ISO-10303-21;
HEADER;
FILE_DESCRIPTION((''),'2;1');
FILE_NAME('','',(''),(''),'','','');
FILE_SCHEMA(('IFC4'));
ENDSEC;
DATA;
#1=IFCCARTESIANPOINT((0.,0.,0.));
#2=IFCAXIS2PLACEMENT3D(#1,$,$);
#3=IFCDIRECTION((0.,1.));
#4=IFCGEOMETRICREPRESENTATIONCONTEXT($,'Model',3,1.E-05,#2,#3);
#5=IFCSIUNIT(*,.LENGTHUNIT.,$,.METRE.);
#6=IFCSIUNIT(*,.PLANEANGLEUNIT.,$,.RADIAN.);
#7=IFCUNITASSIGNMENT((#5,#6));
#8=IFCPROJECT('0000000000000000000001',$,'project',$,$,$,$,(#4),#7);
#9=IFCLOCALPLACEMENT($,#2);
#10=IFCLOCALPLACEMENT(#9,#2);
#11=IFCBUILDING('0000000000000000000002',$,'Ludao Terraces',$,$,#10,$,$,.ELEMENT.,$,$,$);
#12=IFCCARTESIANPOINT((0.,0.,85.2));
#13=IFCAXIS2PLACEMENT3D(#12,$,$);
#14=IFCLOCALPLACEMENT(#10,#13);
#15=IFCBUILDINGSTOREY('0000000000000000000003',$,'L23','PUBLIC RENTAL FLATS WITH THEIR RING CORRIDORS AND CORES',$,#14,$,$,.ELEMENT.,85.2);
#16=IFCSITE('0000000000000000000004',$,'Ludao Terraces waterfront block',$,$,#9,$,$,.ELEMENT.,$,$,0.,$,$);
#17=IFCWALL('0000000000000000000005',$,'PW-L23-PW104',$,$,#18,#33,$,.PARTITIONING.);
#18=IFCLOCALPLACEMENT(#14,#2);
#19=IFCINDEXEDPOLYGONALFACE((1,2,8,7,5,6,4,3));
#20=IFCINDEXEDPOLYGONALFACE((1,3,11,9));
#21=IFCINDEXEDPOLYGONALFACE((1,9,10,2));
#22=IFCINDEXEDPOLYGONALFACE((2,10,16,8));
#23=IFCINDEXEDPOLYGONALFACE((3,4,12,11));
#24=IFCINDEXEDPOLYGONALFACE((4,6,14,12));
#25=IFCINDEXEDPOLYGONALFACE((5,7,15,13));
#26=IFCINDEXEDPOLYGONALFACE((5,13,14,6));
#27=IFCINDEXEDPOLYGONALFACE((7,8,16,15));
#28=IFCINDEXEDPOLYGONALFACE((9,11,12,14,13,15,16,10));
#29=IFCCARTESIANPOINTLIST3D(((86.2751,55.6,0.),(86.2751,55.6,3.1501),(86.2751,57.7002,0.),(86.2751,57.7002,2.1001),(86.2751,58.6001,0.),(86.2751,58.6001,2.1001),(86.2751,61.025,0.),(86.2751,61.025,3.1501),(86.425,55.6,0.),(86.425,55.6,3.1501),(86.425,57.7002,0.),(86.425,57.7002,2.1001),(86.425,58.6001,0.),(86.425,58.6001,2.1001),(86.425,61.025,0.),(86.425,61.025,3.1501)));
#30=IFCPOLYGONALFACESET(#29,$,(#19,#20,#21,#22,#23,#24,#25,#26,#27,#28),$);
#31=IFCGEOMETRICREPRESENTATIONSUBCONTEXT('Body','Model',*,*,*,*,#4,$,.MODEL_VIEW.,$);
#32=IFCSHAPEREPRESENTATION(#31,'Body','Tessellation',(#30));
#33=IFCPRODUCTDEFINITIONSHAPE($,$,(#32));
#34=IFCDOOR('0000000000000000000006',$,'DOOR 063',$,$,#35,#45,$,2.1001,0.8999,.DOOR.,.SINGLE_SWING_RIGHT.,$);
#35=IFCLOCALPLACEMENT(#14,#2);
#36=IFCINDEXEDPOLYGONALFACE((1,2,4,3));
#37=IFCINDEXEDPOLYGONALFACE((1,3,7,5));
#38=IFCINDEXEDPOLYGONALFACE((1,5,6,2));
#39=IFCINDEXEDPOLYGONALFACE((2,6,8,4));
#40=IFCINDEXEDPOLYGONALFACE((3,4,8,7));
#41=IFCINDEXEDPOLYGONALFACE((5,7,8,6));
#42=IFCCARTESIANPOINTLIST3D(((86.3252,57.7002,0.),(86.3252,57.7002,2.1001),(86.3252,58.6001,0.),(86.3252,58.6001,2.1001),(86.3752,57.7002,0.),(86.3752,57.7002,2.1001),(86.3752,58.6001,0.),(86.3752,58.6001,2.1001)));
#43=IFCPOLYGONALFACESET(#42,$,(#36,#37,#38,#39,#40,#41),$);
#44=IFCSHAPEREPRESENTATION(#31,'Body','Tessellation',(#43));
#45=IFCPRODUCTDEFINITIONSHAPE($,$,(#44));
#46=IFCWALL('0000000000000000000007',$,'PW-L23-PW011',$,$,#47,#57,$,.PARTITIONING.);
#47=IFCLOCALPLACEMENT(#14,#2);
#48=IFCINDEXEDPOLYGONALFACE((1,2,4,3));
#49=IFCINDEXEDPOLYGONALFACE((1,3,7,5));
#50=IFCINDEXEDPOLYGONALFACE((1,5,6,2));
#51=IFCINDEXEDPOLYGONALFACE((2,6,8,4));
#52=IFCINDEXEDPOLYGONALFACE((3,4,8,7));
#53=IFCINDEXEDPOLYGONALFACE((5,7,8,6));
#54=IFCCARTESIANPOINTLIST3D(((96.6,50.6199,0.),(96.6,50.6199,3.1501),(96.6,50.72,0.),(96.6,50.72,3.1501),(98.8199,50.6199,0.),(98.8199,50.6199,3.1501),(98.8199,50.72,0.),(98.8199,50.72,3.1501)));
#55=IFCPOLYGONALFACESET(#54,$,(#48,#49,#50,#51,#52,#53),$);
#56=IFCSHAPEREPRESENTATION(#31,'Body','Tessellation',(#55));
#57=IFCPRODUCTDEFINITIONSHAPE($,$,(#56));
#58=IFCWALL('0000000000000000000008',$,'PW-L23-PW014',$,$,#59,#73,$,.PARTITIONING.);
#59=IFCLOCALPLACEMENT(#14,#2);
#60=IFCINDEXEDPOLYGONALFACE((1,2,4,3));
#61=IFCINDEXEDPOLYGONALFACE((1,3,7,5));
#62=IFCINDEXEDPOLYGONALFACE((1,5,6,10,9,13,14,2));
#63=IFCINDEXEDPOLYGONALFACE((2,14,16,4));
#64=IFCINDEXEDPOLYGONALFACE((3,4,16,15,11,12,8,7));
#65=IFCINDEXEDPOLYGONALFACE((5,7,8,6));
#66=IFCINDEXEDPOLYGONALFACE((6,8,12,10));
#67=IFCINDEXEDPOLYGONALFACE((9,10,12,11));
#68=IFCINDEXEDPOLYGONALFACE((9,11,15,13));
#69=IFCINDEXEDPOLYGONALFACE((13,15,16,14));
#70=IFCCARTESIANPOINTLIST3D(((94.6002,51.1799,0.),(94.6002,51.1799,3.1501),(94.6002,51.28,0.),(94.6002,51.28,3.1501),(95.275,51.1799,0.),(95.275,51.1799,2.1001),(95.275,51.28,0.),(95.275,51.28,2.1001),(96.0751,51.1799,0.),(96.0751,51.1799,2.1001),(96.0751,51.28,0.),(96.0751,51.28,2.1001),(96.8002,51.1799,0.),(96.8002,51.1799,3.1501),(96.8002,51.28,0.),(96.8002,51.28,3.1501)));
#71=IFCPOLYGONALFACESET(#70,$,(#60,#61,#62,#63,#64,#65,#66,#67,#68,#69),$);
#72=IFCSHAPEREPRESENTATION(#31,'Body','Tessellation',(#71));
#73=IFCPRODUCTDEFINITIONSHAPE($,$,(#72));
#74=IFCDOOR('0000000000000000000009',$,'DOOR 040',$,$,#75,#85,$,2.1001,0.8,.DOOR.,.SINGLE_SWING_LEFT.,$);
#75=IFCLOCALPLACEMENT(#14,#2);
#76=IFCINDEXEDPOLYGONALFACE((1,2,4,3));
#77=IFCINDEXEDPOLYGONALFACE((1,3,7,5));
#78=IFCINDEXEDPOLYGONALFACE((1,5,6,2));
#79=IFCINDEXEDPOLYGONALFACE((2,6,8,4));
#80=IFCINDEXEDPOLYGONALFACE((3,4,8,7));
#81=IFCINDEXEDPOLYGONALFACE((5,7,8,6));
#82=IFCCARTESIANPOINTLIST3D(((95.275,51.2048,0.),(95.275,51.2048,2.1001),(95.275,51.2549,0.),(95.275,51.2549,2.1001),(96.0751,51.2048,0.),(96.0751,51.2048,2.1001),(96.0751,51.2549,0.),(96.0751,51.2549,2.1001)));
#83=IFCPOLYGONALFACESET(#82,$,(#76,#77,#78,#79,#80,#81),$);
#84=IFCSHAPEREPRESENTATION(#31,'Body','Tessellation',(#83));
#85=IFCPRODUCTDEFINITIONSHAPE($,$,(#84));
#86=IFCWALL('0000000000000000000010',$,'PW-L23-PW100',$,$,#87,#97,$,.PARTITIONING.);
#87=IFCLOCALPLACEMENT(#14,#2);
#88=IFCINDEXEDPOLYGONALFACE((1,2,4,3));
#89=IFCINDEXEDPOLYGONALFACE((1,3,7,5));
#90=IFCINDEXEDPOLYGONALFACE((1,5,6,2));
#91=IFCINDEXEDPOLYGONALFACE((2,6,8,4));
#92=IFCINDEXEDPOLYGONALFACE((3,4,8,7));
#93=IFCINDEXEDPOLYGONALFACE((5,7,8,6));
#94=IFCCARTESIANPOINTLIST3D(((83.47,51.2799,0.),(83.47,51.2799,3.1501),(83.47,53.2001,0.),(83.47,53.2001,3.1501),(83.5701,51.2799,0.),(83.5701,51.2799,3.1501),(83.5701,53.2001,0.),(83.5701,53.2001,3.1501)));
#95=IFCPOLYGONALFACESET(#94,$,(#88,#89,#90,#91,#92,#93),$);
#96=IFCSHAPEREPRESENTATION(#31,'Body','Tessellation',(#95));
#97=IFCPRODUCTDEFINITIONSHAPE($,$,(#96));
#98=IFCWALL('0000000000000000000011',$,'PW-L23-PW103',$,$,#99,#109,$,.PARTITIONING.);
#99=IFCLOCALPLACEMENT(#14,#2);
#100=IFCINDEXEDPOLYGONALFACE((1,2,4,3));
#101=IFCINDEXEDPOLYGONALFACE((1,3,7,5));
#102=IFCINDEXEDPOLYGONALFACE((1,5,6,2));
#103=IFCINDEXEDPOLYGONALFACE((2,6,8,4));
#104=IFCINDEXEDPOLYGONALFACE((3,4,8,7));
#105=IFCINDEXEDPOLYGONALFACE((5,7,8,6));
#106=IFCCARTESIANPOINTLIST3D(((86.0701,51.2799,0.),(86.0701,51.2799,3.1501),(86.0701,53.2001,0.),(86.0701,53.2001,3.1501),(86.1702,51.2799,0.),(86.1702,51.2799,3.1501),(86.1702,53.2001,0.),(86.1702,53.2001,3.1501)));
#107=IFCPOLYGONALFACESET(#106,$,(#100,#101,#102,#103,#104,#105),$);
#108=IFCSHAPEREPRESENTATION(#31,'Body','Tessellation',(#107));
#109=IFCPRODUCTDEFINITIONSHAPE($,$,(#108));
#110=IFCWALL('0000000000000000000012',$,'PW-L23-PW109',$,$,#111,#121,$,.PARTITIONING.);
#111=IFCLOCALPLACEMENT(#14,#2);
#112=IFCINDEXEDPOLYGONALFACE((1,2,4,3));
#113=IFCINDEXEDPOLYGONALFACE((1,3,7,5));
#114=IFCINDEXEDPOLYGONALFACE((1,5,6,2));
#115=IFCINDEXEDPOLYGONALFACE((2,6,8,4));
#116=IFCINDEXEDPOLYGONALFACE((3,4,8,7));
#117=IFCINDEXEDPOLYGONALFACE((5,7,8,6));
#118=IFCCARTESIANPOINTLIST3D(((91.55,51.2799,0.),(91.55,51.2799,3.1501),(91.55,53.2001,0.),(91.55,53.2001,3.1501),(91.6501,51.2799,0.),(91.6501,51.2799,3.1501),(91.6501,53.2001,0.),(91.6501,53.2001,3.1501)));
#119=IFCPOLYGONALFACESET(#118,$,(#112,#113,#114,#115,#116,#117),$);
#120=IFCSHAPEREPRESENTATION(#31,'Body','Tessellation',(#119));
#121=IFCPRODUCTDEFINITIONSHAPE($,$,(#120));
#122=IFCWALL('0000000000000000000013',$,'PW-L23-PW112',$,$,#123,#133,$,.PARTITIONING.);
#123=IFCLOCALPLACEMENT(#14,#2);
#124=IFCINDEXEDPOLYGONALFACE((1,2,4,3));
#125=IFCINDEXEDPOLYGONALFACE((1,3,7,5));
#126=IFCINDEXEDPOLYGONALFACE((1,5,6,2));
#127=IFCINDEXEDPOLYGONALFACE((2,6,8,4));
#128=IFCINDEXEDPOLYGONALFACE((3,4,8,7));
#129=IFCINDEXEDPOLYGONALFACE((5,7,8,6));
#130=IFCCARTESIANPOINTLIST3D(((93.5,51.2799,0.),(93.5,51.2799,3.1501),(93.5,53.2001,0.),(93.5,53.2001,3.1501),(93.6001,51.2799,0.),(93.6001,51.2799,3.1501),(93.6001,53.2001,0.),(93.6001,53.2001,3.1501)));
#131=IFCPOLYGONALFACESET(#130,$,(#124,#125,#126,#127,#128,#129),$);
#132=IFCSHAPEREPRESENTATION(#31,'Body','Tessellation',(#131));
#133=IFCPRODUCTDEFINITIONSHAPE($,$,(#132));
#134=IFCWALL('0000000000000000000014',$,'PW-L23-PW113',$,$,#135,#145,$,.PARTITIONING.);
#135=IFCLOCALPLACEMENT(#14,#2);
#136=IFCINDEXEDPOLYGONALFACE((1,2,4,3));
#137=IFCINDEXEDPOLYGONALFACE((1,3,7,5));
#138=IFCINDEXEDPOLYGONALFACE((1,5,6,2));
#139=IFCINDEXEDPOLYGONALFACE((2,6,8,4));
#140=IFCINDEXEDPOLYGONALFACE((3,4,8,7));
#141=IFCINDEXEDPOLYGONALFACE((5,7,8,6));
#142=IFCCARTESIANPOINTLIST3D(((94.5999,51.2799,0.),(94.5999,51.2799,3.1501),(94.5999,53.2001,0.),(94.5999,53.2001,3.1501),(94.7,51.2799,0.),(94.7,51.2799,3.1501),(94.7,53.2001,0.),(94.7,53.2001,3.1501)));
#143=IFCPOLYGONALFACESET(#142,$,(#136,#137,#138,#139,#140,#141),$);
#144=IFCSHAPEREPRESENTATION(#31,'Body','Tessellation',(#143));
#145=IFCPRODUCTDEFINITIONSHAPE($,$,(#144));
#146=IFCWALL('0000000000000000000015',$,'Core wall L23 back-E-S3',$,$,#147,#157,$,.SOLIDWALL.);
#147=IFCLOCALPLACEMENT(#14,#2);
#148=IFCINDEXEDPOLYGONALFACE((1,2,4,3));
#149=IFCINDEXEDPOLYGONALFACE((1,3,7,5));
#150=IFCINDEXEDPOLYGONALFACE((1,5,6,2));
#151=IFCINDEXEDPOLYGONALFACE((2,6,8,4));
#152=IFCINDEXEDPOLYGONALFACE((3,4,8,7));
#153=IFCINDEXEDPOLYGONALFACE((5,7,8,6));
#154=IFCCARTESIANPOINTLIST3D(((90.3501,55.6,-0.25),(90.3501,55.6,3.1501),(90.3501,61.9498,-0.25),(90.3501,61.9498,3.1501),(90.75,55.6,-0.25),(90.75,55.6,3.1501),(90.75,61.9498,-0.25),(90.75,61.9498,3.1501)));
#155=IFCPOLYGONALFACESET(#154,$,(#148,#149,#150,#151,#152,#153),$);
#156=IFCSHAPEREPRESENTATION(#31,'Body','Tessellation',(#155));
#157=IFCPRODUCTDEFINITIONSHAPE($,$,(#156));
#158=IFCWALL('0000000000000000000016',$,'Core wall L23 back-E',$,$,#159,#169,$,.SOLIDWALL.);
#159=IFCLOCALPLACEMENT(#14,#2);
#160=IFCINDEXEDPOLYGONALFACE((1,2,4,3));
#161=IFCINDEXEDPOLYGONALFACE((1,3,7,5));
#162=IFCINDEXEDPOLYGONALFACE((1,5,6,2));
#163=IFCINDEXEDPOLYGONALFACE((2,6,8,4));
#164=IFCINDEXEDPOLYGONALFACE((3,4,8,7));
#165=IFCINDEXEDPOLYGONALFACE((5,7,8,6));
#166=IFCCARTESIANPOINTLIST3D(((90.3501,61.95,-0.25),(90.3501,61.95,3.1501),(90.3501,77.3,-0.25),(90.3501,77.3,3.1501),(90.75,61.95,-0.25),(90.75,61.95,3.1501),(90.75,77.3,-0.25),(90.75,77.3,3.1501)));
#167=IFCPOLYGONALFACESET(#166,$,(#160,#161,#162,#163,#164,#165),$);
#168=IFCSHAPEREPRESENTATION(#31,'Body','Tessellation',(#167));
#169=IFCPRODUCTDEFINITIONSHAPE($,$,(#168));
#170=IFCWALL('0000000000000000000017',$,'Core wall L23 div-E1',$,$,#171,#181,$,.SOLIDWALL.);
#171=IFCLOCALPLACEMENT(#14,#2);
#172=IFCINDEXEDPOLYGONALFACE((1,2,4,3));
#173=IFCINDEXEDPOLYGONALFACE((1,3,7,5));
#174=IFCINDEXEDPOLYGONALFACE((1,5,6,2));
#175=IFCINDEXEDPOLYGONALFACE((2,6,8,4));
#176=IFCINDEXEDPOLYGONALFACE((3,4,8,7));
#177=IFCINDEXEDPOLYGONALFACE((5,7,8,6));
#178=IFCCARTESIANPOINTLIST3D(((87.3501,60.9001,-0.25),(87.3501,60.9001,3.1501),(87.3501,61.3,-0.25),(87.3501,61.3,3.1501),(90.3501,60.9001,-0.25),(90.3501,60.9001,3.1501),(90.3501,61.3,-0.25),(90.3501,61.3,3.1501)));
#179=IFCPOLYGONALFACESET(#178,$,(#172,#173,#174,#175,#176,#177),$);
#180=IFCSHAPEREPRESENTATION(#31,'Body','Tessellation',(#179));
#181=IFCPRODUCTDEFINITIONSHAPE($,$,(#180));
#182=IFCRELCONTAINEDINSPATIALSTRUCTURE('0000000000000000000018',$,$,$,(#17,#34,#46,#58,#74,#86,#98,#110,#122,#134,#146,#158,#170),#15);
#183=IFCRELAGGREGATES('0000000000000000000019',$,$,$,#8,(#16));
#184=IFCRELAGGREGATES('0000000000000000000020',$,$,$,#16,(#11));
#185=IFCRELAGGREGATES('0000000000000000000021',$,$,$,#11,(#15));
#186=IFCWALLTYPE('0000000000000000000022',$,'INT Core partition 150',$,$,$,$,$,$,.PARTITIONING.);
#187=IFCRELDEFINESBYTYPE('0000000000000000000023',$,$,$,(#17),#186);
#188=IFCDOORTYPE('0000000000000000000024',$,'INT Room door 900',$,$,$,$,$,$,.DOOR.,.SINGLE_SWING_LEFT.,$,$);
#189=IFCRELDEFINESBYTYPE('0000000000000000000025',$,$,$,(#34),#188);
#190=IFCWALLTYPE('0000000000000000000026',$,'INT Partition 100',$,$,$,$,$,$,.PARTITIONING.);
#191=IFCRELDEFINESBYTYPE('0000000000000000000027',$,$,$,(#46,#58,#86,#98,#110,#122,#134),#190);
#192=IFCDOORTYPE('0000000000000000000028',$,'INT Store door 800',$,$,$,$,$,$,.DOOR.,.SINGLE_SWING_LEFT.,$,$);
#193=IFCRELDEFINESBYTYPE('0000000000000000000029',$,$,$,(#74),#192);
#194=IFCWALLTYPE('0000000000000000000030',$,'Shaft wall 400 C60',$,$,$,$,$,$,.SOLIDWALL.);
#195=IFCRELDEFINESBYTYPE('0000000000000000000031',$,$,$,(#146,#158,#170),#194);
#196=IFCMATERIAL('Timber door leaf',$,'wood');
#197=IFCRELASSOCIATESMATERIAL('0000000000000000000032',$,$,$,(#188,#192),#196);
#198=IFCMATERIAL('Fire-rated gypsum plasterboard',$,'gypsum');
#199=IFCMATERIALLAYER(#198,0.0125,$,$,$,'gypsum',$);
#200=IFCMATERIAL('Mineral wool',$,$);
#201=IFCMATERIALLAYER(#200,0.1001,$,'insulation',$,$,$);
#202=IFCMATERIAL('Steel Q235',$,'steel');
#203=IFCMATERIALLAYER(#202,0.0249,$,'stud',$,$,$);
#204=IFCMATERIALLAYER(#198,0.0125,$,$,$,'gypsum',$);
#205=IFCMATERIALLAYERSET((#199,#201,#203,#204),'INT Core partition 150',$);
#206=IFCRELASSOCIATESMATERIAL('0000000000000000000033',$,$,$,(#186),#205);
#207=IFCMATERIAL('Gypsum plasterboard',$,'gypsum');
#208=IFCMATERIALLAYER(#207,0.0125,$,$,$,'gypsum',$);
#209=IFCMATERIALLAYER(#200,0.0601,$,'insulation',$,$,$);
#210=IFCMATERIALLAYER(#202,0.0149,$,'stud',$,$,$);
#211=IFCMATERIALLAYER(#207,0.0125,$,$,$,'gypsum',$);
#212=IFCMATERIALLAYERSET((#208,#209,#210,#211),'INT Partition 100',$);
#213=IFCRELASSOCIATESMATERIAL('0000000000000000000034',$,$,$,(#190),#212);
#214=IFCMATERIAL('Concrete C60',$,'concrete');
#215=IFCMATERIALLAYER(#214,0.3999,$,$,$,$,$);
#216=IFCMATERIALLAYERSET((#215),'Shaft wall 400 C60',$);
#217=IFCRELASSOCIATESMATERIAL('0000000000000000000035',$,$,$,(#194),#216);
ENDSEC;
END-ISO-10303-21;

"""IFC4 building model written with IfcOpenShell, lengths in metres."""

from ifc_helpers import new_model, si_unit, direction, frame, frame_2d, origin, place, context, subcontext, project, spatial, rectangle, extrude, material, layer, layer_set, type_object, element, fill, save


model = new_model("IFC4")

# Units and contexts
model_context = context("Model", 3, precision=1e-05, world=origin(), true_north=direction((0.0, 1.0)))
body_context = subcontext(model_context, "Body", "Model", "MODEL_VIEW")
ifc_project = project(units=[si_unit("LENGTHUNIT", "METRE"), si_unit("PLANEANGLEUNIT", "RADIAN")], contexts=[model_context])

# Site, building, storey
site_placement = place(None, origin())
site = spatial("IfcSite", under=ifc_project, at=site_placement, Name="Ludao Terraces waterfront block", CompositionType="ELEMENT", RefElevation=0.0)
building_placement = place(site_placement, origin())
building = spatial("IfcBuilding", under=site, at=building_placement, Name="Ludao Terraces", CompositionType="ELEMENT")
storey_placement = place(building_placement, frame((0.0, 0.0, 85.2)))
storey = spatial("IfcBuildingStorey", under=building, at=storey_placement, Name="L23", Description="PUBLIC RENTAL FLATS WITH THEIR RING CORRIDORS AND CORES", CompositionType="ELEMENT", Elevation=85.2)

# Shared definitions
ifc_material_1 = material(Name="Steel Q235", Category="steel")

# Shared definitions
ifc_material_2 = material(Name="Timber door leaf", Category="wood")
door_type_1 = type_object("IfcDoorType", Name="INT Room door 900", OperationType="SINGLE_SWING_LEFT", PredefinedType="DOOR", material=ifc_material_2)

# Wall, opening, door
ifc_material_3 = material(Name="Fire-rated gypsum plasterboard", Category="gypsum")
ifc_layer_1 = layer(ifc_material_3, 0.0125, Category="gypsum")
ifc_material_4 = material(Name="Mineral wool")
ifc_layer_2 = layer(ifc_material_4, 0.1001, Name="insulation")
ifc_layer_3 = layer(ifc_material_1, 0.0249, Name="stud")
ifc_layer_4 = layer(ifc_material_3, 0.0125, Category="gypsum")
ifc_layer_set_1 = layer_set([ifc_layer_1, ifc_layer_2, ifc_layer_3, ifc_layer_4], Name="INT Core partition 150")
wall_type_1 = type_object("IfcWallType", Name="INT Core partition 150", PredefinedType="PARTITIONING", material=ifc_layer_set_1)
wall_1_placement = place(storey_placement, frame((86.3501, 55.6001, 0.0), z_axis=(0.0, 0.0, 1.0), x_axis=(0.0, 1.0, 0.0)))
wall_1 = element("IfcWall", 1, at=wall_1_placement, inside=storey, type_object=wall_type_1, Name="PW-L23-PW104", PredefinedType="PARTITIONING", context=body_context, shape_type="SweptSolid", body=[
    extrude(rectangle(XDim=5.425, YDim=0.1499, at=frame_2d((2.7124, 0.0))), origin(), (0.0, 0.0, 1.0), 3.1501),
])
opening_1_placement = place(wall_1_placement, frame((2.1001, 0.0, 0.0)))
opening_1 = element("IfcOpeningElement", 2, at=opening_1_placement, cuts=wall_1, PredefinedType="OPENING", context=body_context, shape_type="SweptSolid", body=[
    extrude(rectangle(XDim=0.8999, YDim=2.1001, at=frame_2d((0.45, 1.05))), frame((0.0, 0.085, 0.0), z_axis=(0.0, -1.0, 0.0), x_axis=(1.0, 0.0, 0.0)), (0.0, 0.0, 1.0), 0.1699),
])
door_1_placement = place(opening_1_placement, origin())
door_1 = element("IfcDoor", 3, at=door_1_placement, inside=storey, type_object=door_type_1, Name="DOOR 063", OperationType="SINGLE_SWING_RIGHT", OverallHeight=2.1001, OverallWidth=0.8999, PredefinedType="DOOR", context=body_context, shape_type="SweptSolid", body=[
    extrude(rectangle(XDim=0.8999, YDim=2.1001, at=frame_2d((0.45, 1.05))), frame((0.0, 0.0249, 0.0), z_axis=(0.0, -1.0, 0.0), x_axis=(1.0, 0.0, 0.0)), (0.0, 0.0, 1.0), 0.05),
])
fill(opening_1, door_1)

# Wall
ifc_material_5 = material(Name="Gypsum plasterboard", Category="gypsum")
ifc_layer_5 = layer(ifc_material_5, 0.0125, Category="gypsum")
ifc_layer_6 = layer(ifc_material_4, 0.0601, Name="insulation")
ifc_layer_7 = layer(ifc_material_1, 0.0149, Name="stud")
ifc_layer_8 = layer(ifc_material_5, 0.0125, Category="gypsum")
ifc_layer_set_2 = layer_set([ifc_layer_5, ifc_layer_6, ifc_layer_7, ifc_layer_8], Name="INT Partition 100")
wall_type_2 = type_object("IfcWallType", Name="INT Partition 100", PredefinedType="PARTITIONING", material=ifc_layer_set_2)
wall_2_placement = place(storey_placement, frame((96.6001, 50.6699, 0.0), z_axis=(0.0, 0.0, 1.0), x_axis=(1.0, 0.0, 0.0)))
element("IfcWall", 4, at=wall_2_placement, inside=storey, type_object=wall_type_2, Name="PW-L23-PW011", PredefinedType="PARTITIONING", context=body_context, shape_type="SweptSolid", body=[
    extrude(rectangle(XDim=2.22, YDim=0.1001, at=frame_2d((1.1099, 0.0))), origin(), (0.0, 0.0, 1.0), 3.1501),
])

# Wall, opening, door
wall_3_placement = place(storey_placement, frame((94.6001, 51.23, 0.0), z_axis=(0.0, 0.0, 1.0), x_axis=(1.0, 0.0, 0.0)))
wall_3 = element("IfcWall", 5, at=wall_3_placement, inside=storey, type_object=wall_type_2, Name="PW-L23-PW014", PredefinedType="PARTITIONING", context=body_context, shape_type="SweptSolid", body=[
    extrude(rectangle(XDim=2.2, YDim=0.1001, at=frame_2d((1.1001, 0.0))), origin(), (0.0, 0.0, 1.0), 3.1501),
])
opening_2_placement = place(wall_3_placement, frame((0.675, 0.0, 0.0)))
opening_2 = element("IfcOpeningElement", 6, at=opening_2_placement, cuts=wall_3, PredefinedType="OPENING", context=body_context, shape_type="SweptSolid", body=[
    extrude(rectangle(XDim=0.8, YDim=2.1001, at=frame_2d((0.3999, 1.05))), frame((0.0, 0.0601, 0.0), z_axis=(0.0, -1.0, 0.0), x_axis=(1.0, 0.0, 0.0)), (0.0, 0.0, 1.0), 0.1201),
])
door_type_2 = type_object("IfcDoorType", Name="INT Store door 800", OperationType="SINGLE_SWING_LEFT", PredefinedType="DOOR", material=ifc_material_2)
door_2_placement = place(opening_2_placement, origin())
door_2 = element("IfcDoor", 7, at=door_2_placement, inside=storey, type_object=door_type_2, Name="DOOR 040", OperationType="SINGLE_SWING_LEFT", OverallHeight=2.1001, OverallWidth=0.8, PredefinedType="DOOR", context=body_context, shape_type="SweptSolid", body=[
    extrude(rectangle(XDim=0.8, YDim=2.1001, at=frame_2d((0.3999, 1.05))), frame((0.0, 0.0249, 0.0), z_axis=(0.0, -1.0, 0.0), x_axis=(1.0, 0.0, 0.0)), (0.0, 0.0, 1.0), 0.05),
])
fill(opening_2, door_2)

# Walls
for number, where, z_axis, x_axis, name in (
    (8, (83.52, 51.28, 0.0), (0.0, 0.0, 1.0), (0.0, 1.0, 0.0), "PW-L23-PW100"),
    (9, (86.1201, 51.28, 0.0), (0.0, 0.0, 1.0), (0.0, 1.0, 0.0), "PW-L23-PW103"),
    (10, (91.6001, 51.28, 0.0), (0.0, 0.0, 1.0), (0.0, 1.0, 0.0), "PW-L23-PW109"),
    (11, (93.55, 51.28, 0.0), (0.0, 0.0, 1.0), (0.0, 1.0, 0.0), "PW-L23-PW112"),
    (12, (94.6499, 51.28, 0.0), (0.0, 0.0, 1.0), (0.0, 1.0, 0.0), "PW-L23-PW113"),
):
    element("IfcWall", number, at=place(storey_placement, frame(where, z_axis=z_axis, x_axis=x_axis)), inside=storey, type_object=wall_type_2, Name=name, PredefinedType="PARTITIONING", context=body_context, shape_type="SweptSolid", body=[
        extrude(rectangle(XDim=1.9202, YDim=0.1001, at=frame_2d((0.96, 0.0))), origin(), (0.0, 0.0, 1.0), 3.1501),
    ])
ifc_material_6 = material(Name="Concrete C60", Category="concrete")
ifc_layer_9 = layer(ifc_material_6, 0.3999)
ifc_layer_set_3 = layer_set([ifc_layer_9], Name="Shaft wall 400 C60")
wall_type_3 = type_object("IfcWallType", Name="Shaft wall 400 C60", PredefinedType="SOLIDWALL", material=ifc_layer_set_3)
wall_4_placement = place(storey_placement, frame((90.55, 55.6001, -0.25), z_axis=(0.0, 0.0, 1.0), x_axis=(0.0, 1.0, 0.0)))
element("IfcWall", 13, at=wall_4_placement, inside=storey, type_object=wall_type_3, Name="Core wall L23 back-E-S3", PredefinedType="SOLIDWALL", context=body_context, shape_type="SweptSolid", body=[
    extrude(rectangle(XDim=6.3499, YDim=0.3999, at=frame_2d((3.1748, 0.0))), origin(), (0.0, 0.0, 1.0), 3.4001),
])
wall_5_placement = place(storey_placement, frame((90.55, 61.95, -0.25), z_axis=(0.0, 0.0, 1.0), x_axis=(0.0, 1.0, 0.0)))
element("IfcWall", 14, at=wall_5_placement, inside=storey, type_object=wall_type_3, Name="Core wall L23 back-E", PredefinedType="SOLIDWALL", context=body_context, shape_type="SweptSolid", body=[
    extrude(rectangle(XDim=15.3501, YDim=0.3999, at=frame_2d((7.675, 0.0))), origin(), (0.0, 0.0, 1.0), 3.4001),
])
wall_6_placement = place(storey_placement, frame((87.3501, 61.1001, -0.25), z_axis=(0.0, 0.0, 1.0), x_axis=(1.0, 0.0, 0.0)))
element("IfcWall", 15, at=wall_6_placement, inside=storey, type_object=wall_type_3, Name="Core wall L23 div-E1", PredefinedType="SOLIDWALL", context=body_context, shape_type="SweptSolid", body=[
    extrude(rectangle(XDim=3.0, YDim=0.3999, at=frame_2d((1.5, 0.0))), origin(), (0.0, 0.0, 1.0), 3.4001),
])

save(model, "model.ifc")
